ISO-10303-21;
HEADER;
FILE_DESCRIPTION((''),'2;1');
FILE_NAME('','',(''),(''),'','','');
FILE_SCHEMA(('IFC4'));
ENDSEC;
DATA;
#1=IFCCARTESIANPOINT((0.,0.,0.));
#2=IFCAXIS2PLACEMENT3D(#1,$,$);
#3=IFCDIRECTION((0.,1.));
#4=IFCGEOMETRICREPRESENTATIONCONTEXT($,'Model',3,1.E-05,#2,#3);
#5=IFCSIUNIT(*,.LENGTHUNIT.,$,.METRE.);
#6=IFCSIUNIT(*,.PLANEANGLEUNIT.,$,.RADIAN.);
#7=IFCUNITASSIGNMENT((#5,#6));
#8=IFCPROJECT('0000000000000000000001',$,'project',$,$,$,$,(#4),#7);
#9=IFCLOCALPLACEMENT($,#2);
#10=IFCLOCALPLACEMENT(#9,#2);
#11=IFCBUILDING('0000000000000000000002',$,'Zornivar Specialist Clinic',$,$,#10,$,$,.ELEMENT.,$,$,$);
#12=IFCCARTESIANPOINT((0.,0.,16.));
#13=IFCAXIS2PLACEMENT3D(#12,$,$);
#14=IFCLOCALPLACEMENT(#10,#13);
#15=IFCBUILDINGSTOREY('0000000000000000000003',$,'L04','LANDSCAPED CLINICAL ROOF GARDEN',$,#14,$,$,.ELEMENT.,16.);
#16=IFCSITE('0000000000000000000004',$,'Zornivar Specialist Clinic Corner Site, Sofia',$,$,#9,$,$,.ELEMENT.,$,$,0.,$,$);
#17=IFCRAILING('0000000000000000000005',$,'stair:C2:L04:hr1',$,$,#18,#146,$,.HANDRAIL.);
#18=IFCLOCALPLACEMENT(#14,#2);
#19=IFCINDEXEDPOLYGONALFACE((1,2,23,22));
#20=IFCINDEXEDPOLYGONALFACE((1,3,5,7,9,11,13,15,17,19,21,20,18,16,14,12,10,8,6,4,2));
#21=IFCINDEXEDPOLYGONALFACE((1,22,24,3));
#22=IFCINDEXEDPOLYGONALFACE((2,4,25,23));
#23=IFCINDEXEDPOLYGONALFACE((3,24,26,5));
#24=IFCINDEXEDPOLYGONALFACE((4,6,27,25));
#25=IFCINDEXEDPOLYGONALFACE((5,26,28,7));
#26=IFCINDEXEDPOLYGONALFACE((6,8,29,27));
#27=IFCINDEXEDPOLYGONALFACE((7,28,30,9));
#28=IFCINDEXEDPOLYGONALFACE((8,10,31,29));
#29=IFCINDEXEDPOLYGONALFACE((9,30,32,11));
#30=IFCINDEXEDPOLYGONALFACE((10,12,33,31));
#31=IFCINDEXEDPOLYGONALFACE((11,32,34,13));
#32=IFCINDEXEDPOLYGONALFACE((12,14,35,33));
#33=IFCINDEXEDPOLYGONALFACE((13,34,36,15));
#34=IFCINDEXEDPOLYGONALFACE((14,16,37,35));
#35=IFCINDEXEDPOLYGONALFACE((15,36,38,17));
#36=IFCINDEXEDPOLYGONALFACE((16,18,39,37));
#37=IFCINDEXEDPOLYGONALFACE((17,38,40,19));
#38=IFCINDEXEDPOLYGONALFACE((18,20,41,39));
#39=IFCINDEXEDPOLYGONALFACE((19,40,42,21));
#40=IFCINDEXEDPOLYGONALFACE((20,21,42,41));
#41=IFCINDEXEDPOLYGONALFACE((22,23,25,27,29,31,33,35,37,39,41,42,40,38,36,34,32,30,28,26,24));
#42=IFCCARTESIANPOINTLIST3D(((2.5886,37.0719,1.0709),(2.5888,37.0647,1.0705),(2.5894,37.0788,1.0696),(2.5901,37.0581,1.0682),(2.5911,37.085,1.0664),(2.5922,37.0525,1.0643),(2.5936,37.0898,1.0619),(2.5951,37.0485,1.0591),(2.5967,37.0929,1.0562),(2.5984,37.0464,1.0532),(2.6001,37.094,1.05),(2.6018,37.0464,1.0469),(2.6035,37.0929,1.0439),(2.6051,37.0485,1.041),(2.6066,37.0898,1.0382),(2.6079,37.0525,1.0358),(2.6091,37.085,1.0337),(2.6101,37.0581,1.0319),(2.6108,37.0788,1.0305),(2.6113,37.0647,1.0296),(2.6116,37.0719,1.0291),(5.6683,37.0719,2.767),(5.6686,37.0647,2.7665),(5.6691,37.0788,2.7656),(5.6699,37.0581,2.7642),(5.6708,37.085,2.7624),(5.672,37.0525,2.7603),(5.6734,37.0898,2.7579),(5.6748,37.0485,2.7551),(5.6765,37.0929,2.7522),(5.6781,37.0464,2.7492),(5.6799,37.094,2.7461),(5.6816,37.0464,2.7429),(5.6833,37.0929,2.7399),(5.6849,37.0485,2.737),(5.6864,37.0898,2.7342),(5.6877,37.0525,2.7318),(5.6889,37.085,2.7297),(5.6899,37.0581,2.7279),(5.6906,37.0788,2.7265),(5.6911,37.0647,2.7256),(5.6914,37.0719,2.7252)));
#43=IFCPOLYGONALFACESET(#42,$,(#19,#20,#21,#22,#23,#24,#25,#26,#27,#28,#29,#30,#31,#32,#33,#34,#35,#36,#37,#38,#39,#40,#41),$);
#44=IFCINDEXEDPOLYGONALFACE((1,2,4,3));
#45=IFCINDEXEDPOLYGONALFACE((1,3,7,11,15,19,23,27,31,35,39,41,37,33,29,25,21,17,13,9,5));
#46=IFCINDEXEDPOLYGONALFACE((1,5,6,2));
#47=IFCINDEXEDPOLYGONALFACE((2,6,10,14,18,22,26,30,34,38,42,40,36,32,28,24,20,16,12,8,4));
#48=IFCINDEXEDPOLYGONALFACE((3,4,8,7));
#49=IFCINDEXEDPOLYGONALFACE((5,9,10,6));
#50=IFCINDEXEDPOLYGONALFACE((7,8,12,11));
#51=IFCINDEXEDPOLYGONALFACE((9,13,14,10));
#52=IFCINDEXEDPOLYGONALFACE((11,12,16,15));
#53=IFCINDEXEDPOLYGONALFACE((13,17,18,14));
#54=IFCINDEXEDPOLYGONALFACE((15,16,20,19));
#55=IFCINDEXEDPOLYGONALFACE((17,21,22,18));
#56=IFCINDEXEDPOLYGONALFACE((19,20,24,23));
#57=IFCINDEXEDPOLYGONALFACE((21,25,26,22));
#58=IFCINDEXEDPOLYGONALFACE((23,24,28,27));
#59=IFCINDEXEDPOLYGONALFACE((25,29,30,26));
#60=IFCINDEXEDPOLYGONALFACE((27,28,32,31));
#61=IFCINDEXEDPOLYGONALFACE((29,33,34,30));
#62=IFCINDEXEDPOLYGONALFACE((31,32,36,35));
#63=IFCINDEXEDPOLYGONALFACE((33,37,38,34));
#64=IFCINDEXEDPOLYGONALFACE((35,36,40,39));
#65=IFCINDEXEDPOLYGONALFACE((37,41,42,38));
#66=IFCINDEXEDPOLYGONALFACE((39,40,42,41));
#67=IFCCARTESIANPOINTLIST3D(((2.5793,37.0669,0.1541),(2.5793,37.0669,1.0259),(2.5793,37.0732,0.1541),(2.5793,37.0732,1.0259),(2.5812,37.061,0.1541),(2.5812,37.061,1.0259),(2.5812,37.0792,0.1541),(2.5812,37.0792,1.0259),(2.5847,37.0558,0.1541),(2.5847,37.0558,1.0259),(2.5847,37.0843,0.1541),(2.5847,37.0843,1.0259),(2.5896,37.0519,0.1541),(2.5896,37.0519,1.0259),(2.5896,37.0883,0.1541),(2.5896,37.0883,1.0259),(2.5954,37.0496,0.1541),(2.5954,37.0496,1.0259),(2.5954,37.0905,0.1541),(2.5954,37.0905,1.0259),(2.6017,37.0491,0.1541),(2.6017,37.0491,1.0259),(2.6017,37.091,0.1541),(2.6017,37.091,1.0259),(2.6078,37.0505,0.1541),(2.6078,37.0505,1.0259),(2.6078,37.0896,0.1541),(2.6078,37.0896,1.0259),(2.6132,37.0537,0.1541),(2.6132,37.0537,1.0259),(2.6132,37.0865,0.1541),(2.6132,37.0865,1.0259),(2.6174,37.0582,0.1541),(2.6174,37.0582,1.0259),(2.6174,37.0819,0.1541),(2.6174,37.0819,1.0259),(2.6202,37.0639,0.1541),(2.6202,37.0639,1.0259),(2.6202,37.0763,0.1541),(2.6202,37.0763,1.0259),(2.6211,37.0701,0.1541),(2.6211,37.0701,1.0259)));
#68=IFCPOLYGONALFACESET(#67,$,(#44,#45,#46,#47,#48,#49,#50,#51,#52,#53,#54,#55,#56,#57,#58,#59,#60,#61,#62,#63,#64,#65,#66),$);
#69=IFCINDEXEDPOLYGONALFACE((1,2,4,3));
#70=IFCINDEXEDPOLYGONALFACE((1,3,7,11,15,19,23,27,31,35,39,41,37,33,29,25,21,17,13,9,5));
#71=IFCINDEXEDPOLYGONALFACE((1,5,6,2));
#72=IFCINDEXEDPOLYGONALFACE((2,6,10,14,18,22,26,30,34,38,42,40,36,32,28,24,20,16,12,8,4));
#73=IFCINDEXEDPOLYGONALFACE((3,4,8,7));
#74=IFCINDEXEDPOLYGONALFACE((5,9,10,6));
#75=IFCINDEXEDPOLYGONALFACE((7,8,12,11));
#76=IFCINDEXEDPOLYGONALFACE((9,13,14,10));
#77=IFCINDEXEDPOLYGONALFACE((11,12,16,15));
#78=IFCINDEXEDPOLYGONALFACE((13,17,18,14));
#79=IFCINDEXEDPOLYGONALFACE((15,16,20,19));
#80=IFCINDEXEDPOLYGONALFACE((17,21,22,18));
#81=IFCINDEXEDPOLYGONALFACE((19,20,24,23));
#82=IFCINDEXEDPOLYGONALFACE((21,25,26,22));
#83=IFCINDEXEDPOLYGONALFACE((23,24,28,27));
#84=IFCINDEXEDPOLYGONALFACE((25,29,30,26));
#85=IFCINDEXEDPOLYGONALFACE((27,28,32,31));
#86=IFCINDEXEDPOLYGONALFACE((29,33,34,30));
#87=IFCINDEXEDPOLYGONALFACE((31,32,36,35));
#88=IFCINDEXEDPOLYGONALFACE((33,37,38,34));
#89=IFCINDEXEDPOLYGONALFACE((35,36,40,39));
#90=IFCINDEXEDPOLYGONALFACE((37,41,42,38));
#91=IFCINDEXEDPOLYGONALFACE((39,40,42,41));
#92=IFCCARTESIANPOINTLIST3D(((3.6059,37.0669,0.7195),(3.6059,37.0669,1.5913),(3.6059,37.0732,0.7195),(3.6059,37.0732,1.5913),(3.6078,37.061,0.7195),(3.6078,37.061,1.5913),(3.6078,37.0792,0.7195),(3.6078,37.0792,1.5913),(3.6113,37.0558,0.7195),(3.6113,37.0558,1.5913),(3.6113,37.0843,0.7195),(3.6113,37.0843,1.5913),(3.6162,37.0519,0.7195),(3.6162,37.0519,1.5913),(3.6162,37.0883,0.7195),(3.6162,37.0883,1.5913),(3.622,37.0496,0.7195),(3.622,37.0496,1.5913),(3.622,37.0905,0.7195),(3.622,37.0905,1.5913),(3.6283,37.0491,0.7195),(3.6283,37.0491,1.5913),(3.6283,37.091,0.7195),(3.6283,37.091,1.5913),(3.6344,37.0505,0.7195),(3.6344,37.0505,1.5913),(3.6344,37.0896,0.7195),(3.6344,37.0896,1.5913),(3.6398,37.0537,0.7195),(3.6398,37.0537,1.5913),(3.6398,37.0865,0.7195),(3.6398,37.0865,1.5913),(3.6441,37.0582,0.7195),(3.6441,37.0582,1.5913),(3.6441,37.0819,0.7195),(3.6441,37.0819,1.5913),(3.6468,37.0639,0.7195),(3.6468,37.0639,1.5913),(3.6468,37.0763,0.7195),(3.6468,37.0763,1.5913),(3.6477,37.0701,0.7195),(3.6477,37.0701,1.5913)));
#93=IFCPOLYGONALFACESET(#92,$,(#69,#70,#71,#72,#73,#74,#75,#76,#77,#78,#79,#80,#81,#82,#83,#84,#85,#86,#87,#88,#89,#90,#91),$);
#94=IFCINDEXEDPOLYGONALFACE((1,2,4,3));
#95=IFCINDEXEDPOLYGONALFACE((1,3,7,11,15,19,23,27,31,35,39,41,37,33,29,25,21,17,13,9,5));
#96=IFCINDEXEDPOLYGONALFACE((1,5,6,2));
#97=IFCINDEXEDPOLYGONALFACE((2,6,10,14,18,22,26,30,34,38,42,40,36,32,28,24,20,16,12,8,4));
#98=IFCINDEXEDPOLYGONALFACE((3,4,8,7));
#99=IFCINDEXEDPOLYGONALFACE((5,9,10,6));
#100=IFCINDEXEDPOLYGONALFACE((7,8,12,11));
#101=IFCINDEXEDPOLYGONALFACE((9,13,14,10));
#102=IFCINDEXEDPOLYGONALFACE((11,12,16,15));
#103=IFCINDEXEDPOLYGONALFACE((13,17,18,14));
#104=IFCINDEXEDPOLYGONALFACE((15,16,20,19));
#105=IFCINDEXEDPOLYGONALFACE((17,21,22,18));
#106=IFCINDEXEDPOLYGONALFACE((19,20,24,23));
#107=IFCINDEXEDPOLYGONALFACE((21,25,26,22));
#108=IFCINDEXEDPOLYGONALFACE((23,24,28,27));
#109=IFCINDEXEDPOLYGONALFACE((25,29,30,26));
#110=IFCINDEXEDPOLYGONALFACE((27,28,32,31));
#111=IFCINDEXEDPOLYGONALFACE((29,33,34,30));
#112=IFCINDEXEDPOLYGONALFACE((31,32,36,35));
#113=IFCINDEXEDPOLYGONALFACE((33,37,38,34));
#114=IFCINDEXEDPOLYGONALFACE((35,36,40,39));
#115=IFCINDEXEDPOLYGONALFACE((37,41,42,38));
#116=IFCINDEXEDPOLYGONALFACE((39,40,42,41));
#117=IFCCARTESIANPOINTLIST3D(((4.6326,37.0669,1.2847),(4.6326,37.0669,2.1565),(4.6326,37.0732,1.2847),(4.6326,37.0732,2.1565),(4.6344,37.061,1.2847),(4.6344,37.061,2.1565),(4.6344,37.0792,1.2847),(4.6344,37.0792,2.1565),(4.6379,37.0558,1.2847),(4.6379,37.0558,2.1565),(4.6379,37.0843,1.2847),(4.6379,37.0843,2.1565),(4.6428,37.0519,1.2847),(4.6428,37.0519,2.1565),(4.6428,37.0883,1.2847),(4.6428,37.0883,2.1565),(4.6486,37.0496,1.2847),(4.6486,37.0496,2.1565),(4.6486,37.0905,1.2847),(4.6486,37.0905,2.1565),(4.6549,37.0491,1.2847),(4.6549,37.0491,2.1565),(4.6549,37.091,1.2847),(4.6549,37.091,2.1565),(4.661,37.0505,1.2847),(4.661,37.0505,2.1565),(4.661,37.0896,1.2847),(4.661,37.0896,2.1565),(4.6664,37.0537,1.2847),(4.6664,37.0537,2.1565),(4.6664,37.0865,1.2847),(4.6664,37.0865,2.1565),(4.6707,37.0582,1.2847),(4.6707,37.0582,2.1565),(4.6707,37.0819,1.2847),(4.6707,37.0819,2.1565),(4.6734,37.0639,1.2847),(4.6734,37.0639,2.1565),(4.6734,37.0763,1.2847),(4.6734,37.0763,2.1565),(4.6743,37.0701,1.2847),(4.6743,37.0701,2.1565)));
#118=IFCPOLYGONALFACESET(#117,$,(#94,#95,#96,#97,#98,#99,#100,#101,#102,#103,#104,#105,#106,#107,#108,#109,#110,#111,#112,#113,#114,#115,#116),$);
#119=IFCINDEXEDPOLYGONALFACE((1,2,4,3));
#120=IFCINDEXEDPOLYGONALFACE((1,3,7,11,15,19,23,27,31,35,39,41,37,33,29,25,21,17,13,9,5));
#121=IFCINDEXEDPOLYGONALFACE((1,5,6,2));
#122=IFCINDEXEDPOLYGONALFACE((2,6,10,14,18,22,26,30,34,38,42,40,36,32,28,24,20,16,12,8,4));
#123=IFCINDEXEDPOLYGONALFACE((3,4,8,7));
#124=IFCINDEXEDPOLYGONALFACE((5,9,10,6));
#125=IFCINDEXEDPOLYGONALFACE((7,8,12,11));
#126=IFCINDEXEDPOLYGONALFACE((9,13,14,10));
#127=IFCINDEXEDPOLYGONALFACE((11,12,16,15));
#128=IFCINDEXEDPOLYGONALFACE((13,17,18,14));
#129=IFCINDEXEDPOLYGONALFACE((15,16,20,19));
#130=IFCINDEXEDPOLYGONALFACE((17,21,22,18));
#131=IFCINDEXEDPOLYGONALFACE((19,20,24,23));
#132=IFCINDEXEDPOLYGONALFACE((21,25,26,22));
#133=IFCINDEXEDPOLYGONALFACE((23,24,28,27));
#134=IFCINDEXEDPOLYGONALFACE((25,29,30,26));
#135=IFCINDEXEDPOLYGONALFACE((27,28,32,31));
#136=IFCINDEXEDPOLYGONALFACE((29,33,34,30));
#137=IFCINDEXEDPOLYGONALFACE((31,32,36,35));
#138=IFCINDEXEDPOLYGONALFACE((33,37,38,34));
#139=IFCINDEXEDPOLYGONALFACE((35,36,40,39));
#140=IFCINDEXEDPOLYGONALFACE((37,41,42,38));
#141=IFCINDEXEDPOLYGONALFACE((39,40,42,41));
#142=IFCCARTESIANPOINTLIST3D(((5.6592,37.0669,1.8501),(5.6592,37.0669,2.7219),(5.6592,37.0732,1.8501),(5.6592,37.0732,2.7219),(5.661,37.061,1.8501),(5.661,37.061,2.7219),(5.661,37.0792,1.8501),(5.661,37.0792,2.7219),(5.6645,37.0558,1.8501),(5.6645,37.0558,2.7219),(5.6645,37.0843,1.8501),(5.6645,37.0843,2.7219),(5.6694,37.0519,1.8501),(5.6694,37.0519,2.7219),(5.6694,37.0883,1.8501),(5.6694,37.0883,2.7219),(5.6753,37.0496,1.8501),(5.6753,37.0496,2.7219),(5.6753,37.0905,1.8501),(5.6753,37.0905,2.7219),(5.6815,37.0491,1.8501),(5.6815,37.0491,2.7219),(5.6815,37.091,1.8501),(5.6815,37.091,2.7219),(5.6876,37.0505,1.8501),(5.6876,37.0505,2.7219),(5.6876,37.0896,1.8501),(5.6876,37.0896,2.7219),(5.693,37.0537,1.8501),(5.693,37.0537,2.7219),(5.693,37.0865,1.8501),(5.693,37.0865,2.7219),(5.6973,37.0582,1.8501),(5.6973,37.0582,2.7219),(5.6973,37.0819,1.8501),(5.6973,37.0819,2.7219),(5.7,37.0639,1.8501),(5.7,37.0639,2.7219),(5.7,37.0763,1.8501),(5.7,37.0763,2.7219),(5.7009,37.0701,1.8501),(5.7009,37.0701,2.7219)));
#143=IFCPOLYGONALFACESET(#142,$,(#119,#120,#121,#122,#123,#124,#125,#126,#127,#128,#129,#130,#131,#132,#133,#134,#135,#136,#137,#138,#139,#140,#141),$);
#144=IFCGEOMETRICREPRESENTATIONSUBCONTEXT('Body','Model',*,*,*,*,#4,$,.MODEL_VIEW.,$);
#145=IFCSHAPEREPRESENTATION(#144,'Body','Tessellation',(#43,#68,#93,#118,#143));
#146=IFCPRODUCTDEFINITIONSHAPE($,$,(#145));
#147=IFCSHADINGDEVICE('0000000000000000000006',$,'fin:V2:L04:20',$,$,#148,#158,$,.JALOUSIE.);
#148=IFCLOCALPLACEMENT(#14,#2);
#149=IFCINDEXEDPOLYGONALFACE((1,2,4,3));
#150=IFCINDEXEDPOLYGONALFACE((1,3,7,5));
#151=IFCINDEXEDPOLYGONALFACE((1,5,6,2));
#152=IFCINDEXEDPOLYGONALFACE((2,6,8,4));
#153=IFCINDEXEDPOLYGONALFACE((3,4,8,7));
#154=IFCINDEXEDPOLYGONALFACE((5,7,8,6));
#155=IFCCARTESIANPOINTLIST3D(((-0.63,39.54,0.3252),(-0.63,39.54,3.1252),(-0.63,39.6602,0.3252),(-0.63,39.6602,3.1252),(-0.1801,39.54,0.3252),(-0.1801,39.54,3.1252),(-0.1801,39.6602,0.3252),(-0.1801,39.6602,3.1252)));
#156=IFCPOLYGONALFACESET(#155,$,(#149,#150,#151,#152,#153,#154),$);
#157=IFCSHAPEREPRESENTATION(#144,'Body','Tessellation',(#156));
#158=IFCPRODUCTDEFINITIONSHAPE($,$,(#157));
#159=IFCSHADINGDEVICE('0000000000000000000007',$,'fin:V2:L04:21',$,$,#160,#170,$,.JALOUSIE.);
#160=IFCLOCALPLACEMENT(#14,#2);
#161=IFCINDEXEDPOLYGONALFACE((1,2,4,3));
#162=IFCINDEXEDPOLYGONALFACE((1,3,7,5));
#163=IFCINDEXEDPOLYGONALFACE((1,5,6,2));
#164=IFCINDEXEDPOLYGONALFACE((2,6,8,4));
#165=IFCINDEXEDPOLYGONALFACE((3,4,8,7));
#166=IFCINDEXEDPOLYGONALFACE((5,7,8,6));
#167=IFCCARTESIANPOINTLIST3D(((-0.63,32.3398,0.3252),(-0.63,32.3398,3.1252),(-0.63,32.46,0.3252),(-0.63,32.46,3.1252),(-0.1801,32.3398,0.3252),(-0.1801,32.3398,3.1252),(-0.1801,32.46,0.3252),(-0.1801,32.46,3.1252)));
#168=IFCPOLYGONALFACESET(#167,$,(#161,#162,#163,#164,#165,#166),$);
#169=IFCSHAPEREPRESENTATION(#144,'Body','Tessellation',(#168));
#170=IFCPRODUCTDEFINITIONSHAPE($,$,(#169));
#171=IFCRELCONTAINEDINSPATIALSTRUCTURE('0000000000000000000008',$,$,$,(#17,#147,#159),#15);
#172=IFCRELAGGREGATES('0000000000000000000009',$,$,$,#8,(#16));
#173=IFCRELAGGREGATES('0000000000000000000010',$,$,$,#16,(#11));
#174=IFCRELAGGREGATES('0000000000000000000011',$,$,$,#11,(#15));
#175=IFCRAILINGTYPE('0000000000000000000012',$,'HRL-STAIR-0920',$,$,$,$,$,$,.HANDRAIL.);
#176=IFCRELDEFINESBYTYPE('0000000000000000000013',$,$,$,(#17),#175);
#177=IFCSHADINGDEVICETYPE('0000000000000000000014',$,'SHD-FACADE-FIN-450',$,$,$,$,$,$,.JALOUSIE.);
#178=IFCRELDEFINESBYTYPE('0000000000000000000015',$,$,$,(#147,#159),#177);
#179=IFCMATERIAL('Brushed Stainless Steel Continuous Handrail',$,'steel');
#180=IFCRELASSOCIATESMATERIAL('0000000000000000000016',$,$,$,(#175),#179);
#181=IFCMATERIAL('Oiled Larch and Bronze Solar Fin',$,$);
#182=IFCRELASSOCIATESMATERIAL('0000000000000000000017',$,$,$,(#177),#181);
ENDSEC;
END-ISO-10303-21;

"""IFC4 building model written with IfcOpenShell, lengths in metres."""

from ifc_helpers import new_model, si_unit, direction, frame, origin, origin_2d, place, context, subcontext, project, spatial, rectangle, circle, extrude, material, type_object, element, save


model = new_model("IFC4")

# Units and contexts
model_context = context("Model", 3, precision=1e-05, world=origin(), true_north=direction((0.0, 1.0)))
body_context = subcontext(model_context, "Body", "Model", "MODEL_VIEW")
ifc_project = project(units=[si_unit("LENGTHUNIT", "METRE"), si_unit("PLANEANGLEUNIT", "RADIAN")], contexts=[model_context])

# Site, building, storey
site_placement = place(None, origin())
site = spatial("IfcSite", under=ifc_project, at=site_placement, Name="Zornivar Specialist Clinic Corner Site, Sofia", CompositionType="ELEMENT", RefElevation=0.0)
building_placement = place(site_placement, origin())
building = spatial("IfcBuilding", under=site, at=building_placement, Name="Zornivar Specialist Clinic", CompositionType="ELEMENT")
storey_placement = place(building_placement, frame((0.0, 0.0, 16.0)))
storey = spatial("IfcBuildingStorey", under=building, at=storey_placement, Name="L04", Description="LANDSCAPED CLINICAL ROOF GARDEN", CompositionType="ELEMENT", Elevation=16.0)

# Railing
ifc_material_1 = material(Name="Brushed Stainless Steel Continuous Handrail", Category="steel")
railing_type_1 = type_object("IfcRailingType", Name="HRL-STAIR-0920", PredefinedType="HANDRAIL", material=ifc_material_1)
railing_1_placement = place(storey_placement, frame((2.6001, 37.0701, 0.1541)))
element("IfcRailing", 1, at=railing_1_placement, inside=storey, type_object=railing_type_1, Name="stair:C2:L04:hr1", PredefinedType="HANDRAIL", context=body_context, shape_type="SweptSolid", body=[
    extrude(circle(Radius=0.0239, at=origin_2d()), frame((0.0, 0.0, 0.896), z_axis=(0.875959, 0.0, 0.482385), x_axis=(0.0, 1.0, 0.0)), (0.0, 0.0, 1.0), 3.5159),
    extrude(circle(Radius=0.021, at=origin_2d()), origin(), (0.0, 0.0, 1.0), 0.8718),
    extrude(circle(Radius=0.021, at=origin_2d()), frame((1.0266, 0.0, 0.5654)), (0.0, 0.0, 1.0), 0.8718),
    extrude(circle(Radius=0.021, at=origin_2d()), frame((2.0532, 0.0, 1.1306)), (0.0, 0.0, 1.0), 0.8718),
    extrude(circle(Radius=0.021, at=origin_2d()), frame((3.0798, 0.0, 1.696)), (0.0, 0.0, 1.0), 0.8718),
])

# Shading devices
ifc_material_2 = material(Name="Oiled Larch and Bronze Solar Fin")
shading_device_type = type_object("IfcShadingDeviceType", Name="SHD-FACADE-FIN-450", PredefinedType="JALOUSIE", material=ifc_material_2)
for number, where, z_axis, x_axis, name in (
    (2, (-0.405, 39.6001, 0.3252), (0.0, 0.0, 1.0), (0.0, -1.0, 0.0), "fin:V2:L04:20"),
    (3, (-0.405, 32.3999, 0.3252), (0.0, 0.0, 1.0), (0.0, -1.0, 0.0), "fin:V2:L04:21"),
):
    element("IfcShadingDevice", number, at=place(storey_placement, frame(where, z_axis=z_axis, x_axis=x_axis)), inside=storey, type_object=shading_device_type, Name=name, PredefinedType="JALOUSIE", context=body_context, shape_type="SweptSolid", body=[
        extrude(rectangle(XDim=0.1201, YDim=0.45, at=origin_2d()), origin(), (0.0, 0.0, 1.0), 2.8),
    ])

save(model, "model.ifc")
